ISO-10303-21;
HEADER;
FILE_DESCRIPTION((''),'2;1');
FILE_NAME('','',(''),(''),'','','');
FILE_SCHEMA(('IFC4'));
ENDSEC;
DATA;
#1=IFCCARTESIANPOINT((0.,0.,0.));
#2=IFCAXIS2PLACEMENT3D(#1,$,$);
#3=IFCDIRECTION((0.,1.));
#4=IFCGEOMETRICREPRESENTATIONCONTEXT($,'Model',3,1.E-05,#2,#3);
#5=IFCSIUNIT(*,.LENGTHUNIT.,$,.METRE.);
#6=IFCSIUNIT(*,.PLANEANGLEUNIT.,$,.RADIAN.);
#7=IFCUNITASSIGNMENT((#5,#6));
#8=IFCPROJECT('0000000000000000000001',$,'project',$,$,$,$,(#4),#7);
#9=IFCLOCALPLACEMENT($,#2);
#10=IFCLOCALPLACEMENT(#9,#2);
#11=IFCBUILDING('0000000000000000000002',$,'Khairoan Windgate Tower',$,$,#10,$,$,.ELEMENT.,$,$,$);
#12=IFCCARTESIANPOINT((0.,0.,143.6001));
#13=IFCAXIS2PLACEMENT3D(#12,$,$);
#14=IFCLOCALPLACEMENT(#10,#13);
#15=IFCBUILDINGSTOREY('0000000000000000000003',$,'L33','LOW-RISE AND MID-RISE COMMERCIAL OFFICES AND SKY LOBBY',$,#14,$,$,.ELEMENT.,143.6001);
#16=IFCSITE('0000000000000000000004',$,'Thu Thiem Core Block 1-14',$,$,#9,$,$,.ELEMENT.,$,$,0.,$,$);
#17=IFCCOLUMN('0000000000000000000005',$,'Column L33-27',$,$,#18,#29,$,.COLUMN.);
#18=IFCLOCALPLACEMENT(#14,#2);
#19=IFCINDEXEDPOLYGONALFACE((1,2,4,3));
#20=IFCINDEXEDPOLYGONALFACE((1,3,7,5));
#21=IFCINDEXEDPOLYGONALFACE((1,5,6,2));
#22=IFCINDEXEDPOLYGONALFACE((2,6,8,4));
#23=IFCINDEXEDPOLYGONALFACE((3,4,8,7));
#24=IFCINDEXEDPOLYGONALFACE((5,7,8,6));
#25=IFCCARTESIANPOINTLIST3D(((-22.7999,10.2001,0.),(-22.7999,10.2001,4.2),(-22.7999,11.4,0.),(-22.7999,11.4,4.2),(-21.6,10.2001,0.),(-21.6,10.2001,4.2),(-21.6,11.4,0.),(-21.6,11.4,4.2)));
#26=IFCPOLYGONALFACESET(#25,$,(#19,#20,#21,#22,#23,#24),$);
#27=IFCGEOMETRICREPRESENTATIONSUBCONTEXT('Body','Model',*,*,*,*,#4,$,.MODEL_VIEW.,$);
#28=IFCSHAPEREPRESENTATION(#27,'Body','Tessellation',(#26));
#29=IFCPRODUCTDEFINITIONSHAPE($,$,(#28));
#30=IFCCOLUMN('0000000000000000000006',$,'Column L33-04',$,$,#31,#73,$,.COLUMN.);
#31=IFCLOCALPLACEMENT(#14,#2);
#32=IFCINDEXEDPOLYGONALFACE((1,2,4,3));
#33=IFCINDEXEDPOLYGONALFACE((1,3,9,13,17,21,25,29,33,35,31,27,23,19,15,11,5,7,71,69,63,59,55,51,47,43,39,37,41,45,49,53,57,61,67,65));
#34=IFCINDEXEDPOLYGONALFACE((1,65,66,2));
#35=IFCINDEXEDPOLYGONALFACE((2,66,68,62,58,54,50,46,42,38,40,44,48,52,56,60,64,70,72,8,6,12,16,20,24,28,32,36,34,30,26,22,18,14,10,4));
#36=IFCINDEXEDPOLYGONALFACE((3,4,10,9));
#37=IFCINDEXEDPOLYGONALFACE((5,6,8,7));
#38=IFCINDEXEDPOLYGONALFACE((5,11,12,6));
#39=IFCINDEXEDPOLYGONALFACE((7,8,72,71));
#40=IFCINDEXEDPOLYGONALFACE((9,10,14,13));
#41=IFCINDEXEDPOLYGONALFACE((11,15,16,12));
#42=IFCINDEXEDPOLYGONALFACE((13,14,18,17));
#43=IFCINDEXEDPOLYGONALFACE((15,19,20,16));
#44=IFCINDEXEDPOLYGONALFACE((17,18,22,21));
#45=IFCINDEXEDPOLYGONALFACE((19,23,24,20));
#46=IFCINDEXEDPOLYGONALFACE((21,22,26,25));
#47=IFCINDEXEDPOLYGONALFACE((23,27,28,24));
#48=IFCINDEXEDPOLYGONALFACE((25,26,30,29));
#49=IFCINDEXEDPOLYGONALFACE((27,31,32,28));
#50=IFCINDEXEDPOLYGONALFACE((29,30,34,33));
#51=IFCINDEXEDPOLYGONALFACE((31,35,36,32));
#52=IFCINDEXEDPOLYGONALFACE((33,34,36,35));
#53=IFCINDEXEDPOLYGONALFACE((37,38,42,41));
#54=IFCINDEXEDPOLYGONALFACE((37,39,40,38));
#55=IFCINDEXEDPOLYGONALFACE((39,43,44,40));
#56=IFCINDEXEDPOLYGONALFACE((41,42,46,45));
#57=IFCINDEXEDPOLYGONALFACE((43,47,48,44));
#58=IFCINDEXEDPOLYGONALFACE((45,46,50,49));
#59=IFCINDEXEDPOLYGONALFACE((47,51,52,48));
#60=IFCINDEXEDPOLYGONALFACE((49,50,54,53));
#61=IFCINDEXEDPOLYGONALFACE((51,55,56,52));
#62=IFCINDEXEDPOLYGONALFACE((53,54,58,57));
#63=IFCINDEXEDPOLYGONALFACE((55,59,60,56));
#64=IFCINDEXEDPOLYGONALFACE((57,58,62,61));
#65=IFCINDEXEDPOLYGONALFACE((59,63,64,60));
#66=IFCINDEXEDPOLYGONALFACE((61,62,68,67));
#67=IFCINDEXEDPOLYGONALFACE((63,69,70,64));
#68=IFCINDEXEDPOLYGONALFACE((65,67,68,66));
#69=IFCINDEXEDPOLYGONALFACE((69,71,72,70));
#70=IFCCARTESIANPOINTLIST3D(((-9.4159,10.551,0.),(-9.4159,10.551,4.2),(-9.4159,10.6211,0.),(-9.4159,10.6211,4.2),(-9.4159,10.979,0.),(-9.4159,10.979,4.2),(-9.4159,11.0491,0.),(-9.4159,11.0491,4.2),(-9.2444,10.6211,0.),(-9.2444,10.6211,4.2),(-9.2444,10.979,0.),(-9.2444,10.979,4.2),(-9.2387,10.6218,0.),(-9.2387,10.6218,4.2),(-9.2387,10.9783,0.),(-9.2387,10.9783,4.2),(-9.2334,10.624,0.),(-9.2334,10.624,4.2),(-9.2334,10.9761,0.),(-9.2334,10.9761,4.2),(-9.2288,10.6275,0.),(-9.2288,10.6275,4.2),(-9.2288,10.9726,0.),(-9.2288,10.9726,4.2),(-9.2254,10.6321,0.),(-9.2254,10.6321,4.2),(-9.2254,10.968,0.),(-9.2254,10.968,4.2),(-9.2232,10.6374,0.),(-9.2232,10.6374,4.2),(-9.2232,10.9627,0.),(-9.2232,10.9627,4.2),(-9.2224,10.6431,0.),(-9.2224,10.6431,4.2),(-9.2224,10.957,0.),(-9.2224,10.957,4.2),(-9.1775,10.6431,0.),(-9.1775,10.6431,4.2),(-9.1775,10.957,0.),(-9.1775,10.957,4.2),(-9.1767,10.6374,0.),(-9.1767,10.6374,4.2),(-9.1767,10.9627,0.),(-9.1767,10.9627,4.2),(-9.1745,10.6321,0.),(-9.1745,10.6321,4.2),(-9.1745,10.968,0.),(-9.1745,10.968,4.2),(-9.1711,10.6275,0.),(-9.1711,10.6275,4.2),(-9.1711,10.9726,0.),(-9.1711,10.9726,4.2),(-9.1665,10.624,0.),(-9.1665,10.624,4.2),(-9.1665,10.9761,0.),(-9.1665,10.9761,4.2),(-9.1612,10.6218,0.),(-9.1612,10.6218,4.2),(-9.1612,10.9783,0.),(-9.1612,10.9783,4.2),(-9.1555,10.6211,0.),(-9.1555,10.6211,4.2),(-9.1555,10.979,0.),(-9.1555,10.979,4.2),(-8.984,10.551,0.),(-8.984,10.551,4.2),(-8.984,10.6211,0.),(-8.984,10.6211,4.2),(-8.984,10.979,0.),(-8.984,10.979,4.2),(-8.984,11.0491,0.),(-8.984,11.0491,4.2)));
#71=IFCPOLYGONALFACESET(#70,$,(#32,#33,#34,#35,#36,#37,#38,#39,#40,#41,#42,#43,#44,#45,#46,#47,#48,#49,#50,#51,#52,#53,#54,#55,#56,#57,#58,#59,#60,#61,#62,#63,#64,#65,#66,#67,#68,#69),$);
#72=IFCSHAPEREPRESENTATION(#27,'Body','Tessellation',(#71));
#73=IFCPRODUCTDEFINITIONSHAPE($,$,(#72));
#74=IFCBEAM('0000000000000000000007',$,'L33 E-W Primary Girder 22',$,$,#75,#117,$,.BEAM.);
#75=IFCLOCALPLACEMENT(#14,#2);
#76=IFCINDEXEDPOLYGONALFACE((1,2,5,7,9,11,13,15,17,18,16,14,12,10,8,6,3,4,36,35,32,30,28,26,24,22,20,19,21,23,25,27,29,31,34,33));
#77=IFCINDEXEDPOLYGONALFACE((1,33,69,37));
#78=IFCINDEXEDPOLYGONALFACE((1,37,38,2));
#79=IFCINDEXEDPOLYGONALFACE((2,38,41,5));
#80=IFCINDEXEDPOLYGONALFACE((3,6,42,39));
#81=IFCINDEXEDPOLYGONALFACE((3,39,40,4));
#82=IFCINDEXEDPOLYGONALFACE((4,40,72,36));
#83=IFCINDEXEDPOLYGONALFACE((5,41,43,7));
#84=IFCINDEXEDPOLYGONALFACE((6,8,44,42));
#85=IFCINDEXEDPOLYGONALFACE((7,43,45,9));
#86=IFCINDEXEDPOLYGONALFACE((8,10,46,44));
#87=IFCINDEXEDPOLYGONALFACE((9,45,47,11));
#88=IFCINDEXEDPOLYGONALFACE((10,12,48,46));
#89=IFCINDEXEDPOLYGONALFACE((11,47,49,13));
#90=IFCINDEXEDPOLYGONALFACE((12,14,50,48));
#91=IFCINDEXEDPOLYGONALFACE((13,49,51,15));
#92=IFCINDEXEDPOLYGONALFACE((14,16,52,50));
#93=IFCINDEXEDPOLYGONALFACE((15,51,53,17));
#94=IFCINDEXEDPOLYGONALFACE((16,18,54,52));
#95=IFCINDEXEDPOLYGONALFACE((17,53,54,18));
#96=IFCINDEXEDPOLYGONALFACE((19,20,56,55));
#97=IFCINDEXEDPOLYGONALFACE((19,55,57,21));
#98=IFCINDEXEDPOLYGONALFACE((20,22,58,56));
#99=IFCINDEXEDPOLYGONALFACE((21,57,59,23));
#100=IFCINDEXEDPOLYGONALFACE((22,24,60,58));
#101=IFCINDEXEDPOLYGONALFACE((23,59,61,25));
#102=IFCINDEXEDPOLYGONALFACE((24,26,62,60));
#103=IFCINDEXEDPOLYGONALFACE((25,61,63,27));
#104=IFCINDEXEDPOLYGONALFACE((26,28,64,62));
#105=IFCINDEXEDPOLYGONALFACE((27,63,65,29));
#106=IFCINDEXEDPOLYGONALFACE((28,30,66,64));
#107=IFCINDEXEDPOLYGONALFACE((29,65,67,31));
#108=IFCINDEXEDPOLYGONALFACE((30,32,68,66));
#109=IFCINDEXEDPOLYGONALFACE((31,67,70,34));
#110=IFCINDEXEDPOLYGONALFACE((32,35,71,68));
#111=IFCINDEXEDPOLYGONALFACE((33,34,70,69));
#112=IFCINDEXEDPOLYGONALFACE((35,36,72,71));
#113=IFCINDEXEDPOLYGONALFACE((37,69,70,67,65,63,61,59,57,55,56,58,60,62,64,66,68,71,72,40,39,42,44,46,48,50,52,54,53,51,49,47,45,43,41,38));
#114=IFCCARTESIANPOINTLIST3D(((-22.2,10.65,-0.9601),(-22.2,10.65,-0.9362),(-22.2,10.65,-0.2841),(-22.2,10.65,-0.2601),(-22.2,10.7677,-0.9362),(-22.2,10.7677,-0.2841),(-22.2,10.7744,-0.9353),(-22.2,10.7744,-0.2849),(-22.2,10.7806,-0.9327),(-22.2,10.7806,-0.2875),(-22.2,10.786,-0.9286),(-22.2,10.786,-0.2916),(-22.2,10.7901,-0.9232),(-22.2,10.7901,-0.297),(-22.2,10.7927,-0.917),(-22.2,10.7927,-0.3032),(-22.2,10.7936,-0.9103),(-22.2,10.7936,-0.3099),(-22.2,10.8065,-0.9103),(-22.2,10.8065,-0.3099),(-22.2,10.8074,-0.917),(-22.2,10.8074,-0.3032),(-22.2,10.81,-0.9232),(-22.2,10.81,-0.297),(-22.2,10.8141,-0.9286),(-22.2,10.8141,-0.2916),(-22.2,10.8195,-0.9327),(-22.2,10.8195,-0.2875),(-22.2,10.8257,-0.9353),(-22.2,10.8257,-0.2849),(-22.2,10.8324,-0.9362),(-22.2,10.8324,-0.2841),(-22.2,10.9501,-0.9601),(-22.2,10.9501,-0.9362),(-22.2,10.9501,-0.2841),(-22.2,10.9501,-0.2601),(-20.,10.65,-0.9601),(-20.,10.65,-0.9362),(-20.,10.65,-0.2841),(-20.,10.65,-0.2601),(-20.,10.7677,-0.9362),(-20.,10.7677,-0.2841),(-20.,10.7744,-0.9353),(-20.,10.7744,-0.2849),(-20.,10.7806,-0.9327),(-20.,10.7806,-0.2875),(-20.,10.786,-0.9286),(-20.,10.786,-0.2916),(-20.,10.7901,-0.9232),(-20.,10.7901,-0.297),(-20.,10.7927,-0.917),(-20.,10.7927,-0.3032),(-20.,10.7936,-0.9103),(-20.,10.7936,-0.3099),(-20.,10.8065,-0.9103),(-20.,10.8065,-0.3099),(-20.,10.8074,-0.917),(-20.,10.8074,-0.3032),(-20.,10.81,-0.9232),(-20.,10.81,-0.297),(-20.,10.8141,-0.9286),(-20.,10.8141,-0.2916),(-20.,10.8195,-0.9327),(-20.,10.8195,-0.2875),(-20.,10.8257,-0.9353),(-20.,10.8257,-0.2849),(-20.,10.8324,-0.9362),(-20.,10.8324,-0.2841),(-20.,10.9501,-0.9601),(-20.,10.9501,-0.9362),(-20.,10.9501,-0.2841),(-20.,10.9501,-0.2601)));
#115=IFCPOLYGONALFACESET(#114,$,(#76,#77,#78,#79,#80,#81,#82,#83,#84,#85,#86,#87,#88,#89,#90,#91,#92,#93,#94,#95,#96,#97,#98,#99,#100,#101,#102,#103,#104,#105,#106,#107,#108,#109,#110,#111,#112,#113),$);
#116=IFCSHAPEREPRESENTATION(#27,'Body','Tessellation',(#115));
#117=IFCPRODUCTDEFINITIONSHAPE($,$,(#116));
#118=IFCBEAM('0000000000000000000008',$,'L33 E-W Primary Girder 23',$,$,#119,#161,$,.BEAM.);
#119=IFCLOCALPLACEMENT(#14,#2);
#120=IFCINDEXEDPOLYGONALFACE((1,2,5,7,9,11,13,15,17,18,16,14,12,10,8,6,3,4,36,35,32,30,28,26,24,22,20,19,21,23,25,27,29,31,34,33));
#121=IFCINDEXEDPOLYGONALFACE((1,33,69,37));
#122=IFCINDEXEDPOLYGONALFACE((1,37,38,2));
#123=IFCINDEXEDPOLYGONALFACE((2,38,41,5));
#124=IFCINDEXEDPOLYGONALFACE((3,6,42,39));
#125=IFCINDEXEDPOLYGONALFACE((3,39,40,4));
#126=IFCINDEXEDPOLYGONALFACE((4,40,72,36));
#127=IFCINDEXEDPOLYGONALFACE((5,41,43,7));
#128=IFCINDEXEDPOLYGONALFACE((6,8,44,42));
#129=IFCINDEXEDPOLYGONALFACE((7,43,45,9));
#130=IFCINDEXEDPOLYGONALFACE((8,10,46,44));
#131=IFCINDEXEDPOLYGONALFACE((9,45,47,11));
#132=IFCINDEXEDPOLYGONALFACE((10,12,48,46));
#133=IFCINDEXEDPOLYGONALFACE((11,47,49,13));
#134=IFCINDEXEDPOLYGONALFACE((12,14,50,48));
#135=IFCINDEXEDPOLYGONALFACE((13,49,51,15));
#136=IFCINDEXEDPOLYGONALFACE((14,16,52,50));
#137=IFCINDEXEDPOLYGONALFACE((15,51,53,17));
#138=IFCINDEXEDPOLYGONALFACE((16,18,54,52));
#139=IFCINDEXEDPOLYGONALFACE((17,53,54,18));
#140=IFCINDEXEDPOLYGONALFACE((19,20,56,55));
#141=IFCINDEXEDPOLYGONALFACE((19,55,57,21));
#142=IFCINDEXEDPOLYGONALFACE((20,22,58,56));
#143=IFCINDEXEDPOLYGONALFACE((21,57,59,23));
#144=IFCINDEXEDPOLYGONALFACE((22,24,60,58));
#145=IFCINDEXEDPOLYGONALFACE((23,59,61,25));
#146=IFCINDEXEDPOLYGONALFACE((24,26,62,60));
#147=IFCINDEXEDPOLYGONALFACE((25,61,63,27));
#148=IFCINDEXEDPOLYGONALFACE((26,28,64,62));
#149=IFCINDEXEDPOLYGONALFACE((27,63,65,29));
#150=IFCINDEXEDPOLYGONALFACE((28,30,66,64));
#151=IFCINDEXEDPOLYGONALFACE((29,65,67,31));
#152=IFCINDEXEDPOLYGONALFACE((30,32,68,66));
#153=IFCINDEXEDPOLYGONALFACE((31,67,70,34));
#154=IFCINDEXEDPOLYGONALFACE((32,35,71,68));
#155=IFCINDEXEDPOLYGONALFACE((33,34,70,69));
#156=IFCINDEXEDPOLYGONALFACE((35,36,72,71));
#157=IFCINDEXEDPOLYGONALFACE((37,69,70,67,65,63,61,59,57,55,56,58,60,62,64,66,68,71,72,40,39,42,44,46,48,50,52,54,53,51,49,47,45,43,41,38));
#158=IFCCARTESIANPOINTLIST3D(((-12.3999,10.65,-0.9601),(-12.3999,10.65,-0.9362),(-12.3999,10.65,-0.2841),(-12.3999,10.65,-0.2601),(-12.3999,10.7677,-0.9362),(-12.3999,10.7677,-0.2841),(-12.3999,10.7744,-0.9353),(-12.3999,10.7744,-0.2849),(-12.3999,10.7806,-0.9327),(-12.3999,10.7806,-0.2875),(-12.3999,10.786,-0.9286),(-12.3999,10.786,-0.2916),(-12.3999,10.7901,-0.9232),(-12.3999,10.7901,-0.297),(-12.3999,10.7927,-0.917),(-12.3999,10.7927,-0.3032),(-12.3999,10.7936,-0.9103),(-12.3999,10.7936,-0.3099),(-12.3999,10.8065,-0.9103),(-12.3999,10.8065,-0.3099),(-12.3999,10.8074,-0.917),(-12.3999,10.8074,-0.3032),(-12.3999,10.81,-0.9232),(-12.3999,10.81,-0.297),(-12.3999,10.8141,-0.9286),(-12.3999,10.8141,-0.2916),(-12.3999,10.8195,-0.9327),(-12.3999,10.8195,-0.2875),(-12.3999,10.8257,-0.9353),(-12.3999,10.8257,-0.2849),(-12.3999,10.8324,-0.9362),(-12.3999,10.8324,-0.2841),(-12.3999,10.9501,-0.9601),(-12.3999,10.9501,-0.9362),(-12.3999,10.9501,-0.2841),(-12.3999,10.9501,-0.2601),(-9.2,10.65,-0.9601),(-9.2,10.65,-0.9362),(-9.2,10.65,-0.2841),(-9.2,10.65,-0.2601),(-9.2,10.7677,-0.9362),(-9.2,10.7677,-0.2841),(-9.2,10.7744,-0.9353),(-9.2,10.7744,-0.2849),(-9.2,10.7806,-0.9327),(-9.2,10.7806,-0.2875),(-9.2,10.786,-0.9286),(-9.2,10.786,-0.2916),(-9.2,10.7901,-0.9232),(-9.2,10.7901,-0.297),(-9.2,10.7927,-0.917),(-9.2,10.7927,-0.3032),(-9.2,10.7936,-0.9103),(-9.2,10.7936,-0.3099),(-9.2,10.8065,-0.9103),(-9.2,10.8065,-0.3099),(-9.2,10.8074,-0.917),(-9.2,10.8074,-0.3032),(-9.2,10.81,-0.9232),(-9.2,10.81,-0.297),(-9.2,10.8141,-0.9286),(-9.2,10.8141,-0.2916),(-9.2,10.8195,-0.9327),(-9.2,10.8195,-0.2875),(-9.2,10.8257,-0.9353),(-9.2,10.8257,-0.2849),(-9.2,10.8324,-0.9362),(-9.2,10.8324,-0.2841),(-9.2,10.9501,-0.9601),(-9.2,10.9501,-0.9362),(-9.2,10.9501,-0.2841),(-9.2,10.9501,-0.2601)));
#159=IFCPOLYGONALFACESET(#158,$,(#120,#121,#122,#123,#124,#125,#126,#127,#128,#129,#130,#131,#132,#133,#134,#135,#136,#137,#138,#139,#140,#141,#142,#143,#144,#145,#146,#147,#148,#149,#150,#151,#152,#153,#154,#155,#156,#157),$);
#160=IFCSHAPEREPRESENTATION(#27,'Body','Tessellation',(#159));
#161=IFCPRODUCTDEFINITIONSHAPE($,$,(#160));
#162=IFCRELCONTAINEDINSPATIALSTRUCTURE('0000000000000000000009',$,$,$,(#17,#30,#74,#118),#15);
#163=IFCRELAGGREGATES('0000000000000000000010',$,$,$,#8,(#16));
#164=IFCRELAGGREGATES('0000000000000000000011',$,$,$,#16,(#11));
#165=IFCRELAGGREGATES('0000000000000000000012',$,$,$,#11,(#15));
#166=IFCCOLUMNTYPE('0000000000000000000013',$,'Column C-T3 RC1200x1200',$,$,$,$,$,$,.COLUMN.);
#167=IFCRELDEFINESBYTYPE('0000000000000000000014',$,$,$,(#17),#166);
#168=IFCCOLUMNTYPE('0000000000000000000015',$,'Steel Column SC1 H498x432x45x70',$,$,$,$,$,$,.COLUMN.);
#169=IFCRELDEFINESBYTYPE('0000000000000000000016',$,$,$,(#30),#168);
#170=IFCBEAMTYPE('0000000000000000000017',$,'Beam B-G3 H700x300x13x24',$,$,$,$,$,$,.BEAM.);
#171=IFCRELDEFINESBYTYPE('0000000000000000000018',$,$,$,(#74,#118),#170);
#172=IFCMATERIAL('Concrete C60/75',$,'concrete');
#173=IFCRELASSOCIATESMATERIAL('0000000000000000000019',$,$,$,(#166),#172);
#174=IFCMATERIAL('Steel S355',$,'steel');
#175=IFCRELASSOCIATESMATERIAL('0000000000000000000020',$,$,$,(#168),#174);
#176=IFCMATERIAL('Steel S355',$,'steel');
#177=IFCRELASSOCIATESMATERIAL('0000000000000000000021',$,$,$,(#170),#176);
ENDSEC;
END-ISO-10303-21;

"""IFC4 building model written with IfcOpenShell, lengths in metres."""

from ifc_helpers import new_model, si_unit, direction, frame, origin, origin_2d, place, context, subcontext, project, spatial, rectangle, i_section, extrude, material, material_profile, profile_set, type_object, element, save


model = new_model("IFC4")

# Units and contexts
model_context = context("Model", 3, precision=1e-05, world=origin(), true_north=direction((0.0, 1.0)))
body_context = subcontext(model_context, "Body", "Model", "MODEL_VIEW")
ifc_project = project(units=[si_unit("LENGTHUNIT", "METRE"), si_unit("PLANEANGLEUNIT", "RADIAN")], contexts=[model_context])

# Site, building, storey
site_placement = place(None, origin())
site = spatial("IfcSite", under=ifc_project, at=site_placement, Name="Thu Thiem Core Block 1-14", CompositionType="ELEMENT", RefElevation=0.0)
building_placement = place(site_placement, origin())
building = spatial("IfcBuilding", under=site, at=building_placement, Name="Khairoan Windgate Tower", CompositionType="ELEMENT")
storey_placement = place(building_placement, frame((0.0, 0.0, 143.6001)))
storey = spatial("IfcBuildingStorey", under=building, at=storey_placement, Name="L33", Description="LOW-RISE AND MID-RISE COMMERCIAL OFFICES AND SKY LOBBY", CompositionType="ELEMENT", Elevation=143.6001)

# Columns
ifc_material_1 = material(Name="Concrete C60/75", Category="concrete")
ifc_material_profile_1 = material_profile(ifc_material_1, rectangle(XDim=1.2, YDim=1.2, at=origin_2d()))
ifc_profile_set_1 = profile_set([ifc_material_profile_1], Name="Concrete C60/75")
column_type_1 = type_object("IfcColumnType", Name="Column C-T3 RC1200x1200", PredefinedType="COLUMN", material=ifc_profile_set_1)
column_1_placement = place(storey_placement, frame((-22.2, 10.8, 0.0), z_axis=(0.0, 0.0, 1.0), x_axis=(1.0, 0.0, 0.0)))
element("IfcColumn", 1, at=column_1_placement, inside=storey, type_object=column_type_1, Name="Column L33-27", PredefinedType="COLUMN", context=body_context, shape_type="SweptSolid", body=[
    extrude(rectangle(XDim=1.2, YDim=1.2, at=origin_2d()), origin(), (0.0, 0.0, 1.0), 4.2),
])
ifc_material_2 = material(Name="Steel S355", Category="steel")
ifc_material_profile_2 = material_profile(ifc_material_2, i_section(OverallWidth=0.4319, OverallDepth=0.498, WebThickness=0.0449, FlangeThickness=0.0701, FilletRadius=0.022, at=origin_2d()))
ifc_profile_set_2 = profile_set([ifc_material_profile_2], Name="Steel S355")
column_type_2 = type_object("IfcColumnType", Name="Steel Column SC1 H498x432x45x70", PredefinedType="COLUMN", material=ifc_profile_set_2)
column_2_placement = place(storey_placement, frame((-9.2, 10.8, 0.0), z_axis=(0.0, 0.0, 1.0), x_axis=(1.0, 0.0, 0.0)))
element("IfcColumn", 2, at=column_2_placement, inside=storey, type_object=column_type_2, Name="Column L33-04", PredefinedType="COLUMN", context=body_context, shape_type="SweptSolid", body=[
    extrude(i_section(OverallWidth=0.4319, OverallDepth=0.498, WebThickness=0.0449, FlangeThickness=0.0701, FilletRadius=0.022, at=origin_2d()), origin(), (0.0, 0.0, 1.0), 4.2),
])

# Beams
ifc_material_3 = material(Name="Steel S355", Category="steel")
ifc_material_profile_3 = material_profile(ifc_material_3, i_section(OverallWidth=0.3, OverallDepth=0.7, WebThickness=0.0129, FlangeThickness=0.0239, FilletRadius=0.0259, at=origin_2d()))
ifc_profile_set_3 = profile_set([ifc_material_profile_3], Name="Steel S355")
beam_type_1 = type_object("IfcBeamType", Name="Beam B-G3 H700x300x13x24", PredefinedType="BEAM", material=ifc_profile_set_3)
beam_1_placement = place(storey_placement, frame((-22.2, 10.8, -0.6101), z_axis=(1.0, 0.0, 0.0), x_axis=(0.0, 1.0, 0.0)))
element("IfcBeam", 3, at=beam_1_placement, inside=storey, type_object=beam_type_1, Name="L33 E-W Primary Girder 22", PredefinedType="BEAM", context=body_context, shape_type="SweptSolid", body=[
    extrude(i_section(OverallWidth=0.3, OverallDepth=0.7, WebThickness=0.0129, FlangeThickness=0.0239, FilletRadius=0.0259, at=origin_2d()), origin(), (0.0, 0.0, 1.0), 2.2),
])
beam_2_placement = place(storey_placement, frame((-12.3999, 10.8, -0.6101), z_axis=(1.0, 0.0, 0.0), x_axis=(0.0, 1.0, 0.0)))
element("IfcBeam", 4, at=beam_2_placement, inside=storey, type_object=beam_type_1, Name="L33 E-W Primary Girder 23", PredefinedType="BEAM", context=body_context, shape_type="SweptSolid", body=[
    extrude(i_section(OverallWidth=0.3, OverallDepth=0.7, WebThickness=0.0129, FlangeThickness=0.0239, FilletRadius=0.0259, at=origin_2d()), origin(), (0.0, 0.0, 1.0), 3.2),
])

save(model, "model.ifc")
